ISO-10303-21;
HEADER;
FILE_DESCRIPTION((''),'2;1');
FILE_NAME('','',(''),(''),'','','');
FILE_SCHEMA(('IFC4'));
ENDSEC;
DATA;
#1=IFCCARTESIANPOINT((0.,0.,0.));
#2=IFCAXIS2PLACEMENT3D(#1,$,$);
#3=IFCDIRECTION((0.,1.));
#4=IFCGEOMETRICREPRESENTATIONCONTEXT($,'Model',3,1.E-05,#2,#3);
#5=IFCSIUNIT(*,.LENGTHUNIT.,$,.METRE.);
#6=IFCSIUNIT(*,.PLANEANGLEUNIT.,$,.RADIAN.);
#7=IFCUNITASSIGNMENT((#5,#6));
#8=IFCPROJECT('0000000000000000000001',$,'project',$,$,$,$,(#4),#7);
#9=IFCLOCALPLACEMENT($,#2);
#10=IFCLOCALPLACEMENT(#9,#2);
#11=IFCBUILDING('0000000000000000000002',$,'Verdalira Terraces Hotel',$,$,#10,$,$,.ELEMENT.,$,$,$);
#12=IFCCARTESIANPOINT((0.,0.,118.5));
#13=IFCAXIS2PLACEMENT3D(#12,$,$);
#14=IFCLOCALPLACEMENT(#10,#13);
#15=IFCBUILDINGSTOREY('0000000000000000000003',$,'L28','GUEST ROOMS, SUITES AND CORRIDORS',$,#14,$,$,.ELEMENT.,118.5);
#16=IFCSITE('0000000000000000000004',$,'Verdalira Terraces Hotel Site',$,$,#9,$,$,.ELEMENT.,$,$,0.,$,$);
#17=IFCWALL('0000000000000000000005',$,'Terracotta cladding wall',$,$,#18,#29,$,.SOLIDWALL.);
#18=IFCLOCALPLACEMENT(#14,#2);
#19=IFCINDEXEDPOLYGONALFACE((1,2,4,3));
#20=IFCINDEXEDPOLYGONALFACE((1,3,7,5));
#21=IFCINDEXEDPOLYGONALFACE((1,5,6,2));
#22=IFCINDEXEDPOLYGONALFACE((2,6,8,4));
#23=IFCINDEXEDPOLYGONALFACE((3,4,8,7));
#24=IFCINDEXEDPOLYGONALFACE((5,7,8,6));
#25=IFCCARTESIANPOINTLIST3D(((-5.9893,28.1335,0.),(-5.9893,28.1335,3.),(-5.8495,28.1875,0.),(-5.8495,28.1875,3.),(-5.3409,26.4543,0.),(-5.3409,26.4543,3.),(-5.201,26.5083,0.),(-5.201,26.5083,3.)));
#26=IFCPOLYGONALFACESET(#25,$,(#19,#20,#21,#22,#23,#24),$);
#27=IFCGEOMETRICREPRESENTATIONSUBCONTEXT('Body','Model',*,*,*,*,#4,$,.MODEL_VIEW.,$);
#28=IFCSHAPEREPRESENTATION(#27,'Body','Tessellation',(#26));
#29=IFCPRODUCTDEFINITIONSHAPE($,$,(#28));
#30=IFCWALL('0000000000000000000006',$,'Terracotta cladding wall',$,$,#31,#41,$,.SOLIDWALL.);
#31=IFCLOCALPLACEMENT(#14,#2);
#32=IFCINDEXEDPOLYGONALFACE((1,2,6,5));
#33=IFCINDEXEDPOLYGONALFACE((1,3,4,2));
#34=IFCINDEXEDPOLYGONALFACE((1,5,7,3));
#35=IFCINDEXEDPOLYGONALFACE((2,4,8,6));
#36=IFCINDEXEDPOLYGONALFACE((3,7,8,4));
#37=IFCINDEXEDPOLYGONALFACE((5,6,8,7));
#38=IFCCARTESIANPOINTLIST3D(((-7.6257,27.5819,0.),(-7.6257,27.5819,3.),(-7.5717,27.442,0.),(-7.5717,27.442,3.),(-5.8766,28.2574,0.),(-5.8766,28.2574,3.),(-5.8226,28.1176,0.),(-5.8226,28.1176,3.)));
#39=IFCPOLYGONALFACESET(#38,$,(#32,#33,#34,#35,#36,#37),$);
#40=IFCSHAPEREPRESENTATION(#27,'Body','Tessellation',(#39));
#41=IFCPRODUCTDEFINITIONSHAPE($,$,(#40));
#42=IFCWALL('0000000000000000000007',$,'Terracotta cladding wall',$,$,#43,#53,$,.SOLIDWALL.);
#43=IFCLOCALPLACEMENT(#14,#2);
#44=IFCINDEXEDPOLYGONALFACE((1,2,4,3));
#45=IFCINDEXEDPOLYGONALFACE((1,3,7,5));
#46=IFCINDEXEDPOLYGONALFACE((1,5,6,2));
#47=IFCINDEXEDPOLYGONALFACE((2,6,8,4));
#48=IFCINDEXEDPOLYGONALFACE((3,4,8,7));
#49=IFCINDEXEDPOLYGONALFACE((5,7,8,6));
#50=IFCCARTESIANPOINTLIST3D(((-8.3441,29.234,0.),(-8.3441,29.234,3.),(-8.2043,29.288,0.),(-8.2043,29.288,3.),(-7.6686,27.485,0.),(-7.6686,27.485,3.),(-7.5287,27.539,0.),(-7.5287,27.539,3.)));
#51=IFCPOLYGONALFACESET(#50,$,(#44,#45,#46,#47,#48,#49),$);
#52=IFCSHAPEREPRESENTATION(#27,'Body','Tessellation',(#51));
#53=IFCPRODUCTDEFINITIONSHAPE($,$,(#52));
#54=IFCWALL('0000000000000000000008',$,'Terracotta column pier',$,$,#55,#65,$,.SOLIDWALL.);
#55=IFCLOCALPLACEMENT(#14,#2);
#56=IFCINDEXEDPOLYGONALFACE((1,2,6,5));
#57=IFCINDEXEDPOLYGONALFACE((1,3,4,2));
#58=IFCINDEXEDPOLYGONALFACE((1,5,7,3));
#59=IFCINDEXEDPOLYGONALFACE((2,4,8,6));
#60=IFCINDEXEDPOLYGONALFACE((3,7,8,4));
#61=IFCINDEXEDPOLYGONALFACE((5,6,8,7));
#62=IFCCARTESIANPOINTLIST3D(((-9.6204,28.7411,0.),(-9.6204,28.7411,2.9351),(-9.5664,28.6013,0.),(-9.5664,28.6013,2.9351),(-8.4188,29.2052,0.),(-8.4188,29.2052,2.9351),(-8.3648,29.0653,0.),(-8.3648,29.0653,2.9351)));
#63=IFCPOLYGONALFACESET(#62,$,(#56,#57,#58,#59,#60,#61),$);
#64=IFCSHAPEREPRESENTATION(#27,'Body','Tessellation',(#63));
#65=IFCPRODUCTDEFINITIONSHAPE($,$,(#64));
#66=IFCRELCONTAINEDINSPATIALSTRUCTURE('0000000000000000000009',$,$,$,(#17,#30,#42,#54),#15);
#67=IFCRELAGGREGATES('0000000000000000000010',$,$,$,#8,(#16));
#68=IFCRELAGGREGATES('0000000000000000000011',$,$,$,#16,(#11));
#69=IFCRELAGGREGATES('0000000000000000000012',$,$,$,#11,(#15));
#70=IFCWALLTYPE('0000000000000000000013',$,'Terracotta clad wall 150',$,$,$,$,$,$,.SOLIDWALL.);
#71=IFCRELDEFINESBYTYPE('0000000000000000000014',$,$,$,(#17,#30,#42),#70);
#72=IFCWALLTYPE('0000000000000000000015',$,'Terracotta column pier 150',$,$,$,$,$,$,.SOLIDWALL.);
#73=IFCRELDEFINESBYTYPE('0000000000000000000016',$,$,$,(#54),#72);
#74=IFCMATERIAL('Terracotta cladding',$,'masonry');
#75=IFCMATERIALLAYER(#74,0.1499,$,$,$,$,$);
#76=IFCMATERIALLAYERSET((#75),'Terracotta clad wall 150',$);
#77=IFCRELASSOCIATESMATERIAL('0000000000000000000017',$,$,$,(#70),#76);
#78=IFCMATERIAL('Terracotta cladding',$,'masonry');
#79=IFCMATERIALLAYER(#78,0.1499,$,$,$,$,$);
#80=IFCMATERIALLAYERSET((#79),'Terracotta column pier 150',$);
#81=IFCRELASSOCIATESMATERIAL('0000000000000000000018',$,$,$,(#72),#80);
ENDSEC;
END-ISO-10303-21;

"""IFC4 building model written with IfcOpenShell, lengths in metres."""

from ifc_helpers import new_model, si_unit, direction, frame, frame_2d, origin, place, context, subcontext, project, spatial, rectangle, extrude, material, layer, layer_set, type_object, element, save


model = new_model("IFC4")

# Units and contexts
model_context = context("Model", 3, precision=1e-05, world=origin(), true_north=direction((0.0, 1.0)))
body_context = subcontext(model_context, "Body", "Model", "MODEL_VIEW")
ifc_project = project(units=[si_unit("LENGTHUNIT", "METRE"), si_unit("PLANEANGLEUNIT", "RADIAN")], contexts=[model_context])

# Site, building, storey
site_placement = place(None, origin())
site = spatial("IfcSite", under=ifc_project, at=site_placement, Name="Verdalira Terraces Hotel Site", CompositionType="ELEMENT", RefElevation=0.0)
building_placement = place(site_placement, origin())
building = spatial("IfcBuilding", under=site, at=building_placement, Name="Verdalira Terraces Hotel", CompositionType="ELEMENT")
storey_placement = place(building_placement, frame((0.0, 0.0, 118.5)))
storey = spatial("IfcBuildingStorey", under=building, at=storey_placement, Name="L28", Description="GUEST ROOMS, SUITES AND CORRIDORS", CompositionType="ELEMENT", Elevation=118.5)

# Walls
ifc_material_1 = material(Name="Terracotta cladding", Category="masonry")
ifc_layer_1 = layer(ifc_material_1, 0.1499)
ifc_layer_set_1 = layer_set([ifc_layer_1], Name="Terracotta clad wall 150")
wall_type_1 = type_object("IfcWallType", Name="Terracotta clad wall 150", PredefinedType="SOLIDWALL", material=ifc_layer_set_1)
wall_1_placement = place(storey_placement, frame((-5.271, 26.4814, 0.0), z_axis=(0.0, 0.0, 1.0), x_axis=(-0.360233, 0.932862, 0.0)))
element("IfcWall", 1, at=wall_1_placement, inside=storey, type_object=wall_type_1, Name="Terracotta cladding wall", PredefinedType="SOLIDWALL", context=body_context, shape_type="SweptSolid", body=[
    extrude(rectangle(XDim=1.8, YDim=0.1499, at=frame_2d((0.8999, 0.0))), origin(), (0.0, 0.0, 1.0), 3.0),
])
for number, where, z_axis, x_axis, name in (
    (2, (-5.8496, 28.1875, 0.0), (0.0, 0.0, 1.0), (-0.932838, -0.360296, 0.0), "Terracotta cladding wall"),
    (3, (-7.5986, 27.512, 0.0), (0.0, 0.0, 1.0), (-0.360296, 0.932838, 0.0), "Terracotta cladding wall"),
):
    element("IfcWall", number, at=place(storey_placement, frame(where, z_axis=z_axis, x_axis=x_axis)), inside=storey, type_object=wall_type_1, Name=name, PredefinedType="SOLIDWALL", context=body_context, shape_type="SweptSolid", body=[
        extrude(rectangle(XDim=1.875, YDim=0.1499, at=frame_2d((0.9375, 0.0))), origin(), (0.0, 0.0, 1.0), 3.0),
    ])
ifc_material_2 = material(Name="Terracotta cladding", Category="masonry")
ifc_layer_2 = layer(ifc_material_2, 0.1499)
ifc_layer_set_2 = layer_set([ifc_layer_2], Name="Terracotta column pier 150")
wall_type_2 = type_object("IfcWallType", Name="Terracotta column pier 150", PredefinedType="SOLIDWALL", material=ifc_layer_set_2)
wall_2_placement = place(storey_placement, frame((-8.3918, 29.1353, 0.0), z_axis=(0.0, 0.0, 1.0), x_axis=(-0.932842, -0.360287, 0.0)))
element("IfcWall", 4, at=wall_2_placement, inside=storey, type_object=wall_type_2, Name="Terracotta column pier", PredefinedType="SOLIDWALL", context=body_context, shape_type="SweptSolid", body=[
    extrude(rectangle(XDim=1.2881, YDim=0.1499, at=frame_2d((0.644, 0.0))), origin(), (0.0, 0.0, 1.0), 2.9351),
])

save(model, "model.ifc")
